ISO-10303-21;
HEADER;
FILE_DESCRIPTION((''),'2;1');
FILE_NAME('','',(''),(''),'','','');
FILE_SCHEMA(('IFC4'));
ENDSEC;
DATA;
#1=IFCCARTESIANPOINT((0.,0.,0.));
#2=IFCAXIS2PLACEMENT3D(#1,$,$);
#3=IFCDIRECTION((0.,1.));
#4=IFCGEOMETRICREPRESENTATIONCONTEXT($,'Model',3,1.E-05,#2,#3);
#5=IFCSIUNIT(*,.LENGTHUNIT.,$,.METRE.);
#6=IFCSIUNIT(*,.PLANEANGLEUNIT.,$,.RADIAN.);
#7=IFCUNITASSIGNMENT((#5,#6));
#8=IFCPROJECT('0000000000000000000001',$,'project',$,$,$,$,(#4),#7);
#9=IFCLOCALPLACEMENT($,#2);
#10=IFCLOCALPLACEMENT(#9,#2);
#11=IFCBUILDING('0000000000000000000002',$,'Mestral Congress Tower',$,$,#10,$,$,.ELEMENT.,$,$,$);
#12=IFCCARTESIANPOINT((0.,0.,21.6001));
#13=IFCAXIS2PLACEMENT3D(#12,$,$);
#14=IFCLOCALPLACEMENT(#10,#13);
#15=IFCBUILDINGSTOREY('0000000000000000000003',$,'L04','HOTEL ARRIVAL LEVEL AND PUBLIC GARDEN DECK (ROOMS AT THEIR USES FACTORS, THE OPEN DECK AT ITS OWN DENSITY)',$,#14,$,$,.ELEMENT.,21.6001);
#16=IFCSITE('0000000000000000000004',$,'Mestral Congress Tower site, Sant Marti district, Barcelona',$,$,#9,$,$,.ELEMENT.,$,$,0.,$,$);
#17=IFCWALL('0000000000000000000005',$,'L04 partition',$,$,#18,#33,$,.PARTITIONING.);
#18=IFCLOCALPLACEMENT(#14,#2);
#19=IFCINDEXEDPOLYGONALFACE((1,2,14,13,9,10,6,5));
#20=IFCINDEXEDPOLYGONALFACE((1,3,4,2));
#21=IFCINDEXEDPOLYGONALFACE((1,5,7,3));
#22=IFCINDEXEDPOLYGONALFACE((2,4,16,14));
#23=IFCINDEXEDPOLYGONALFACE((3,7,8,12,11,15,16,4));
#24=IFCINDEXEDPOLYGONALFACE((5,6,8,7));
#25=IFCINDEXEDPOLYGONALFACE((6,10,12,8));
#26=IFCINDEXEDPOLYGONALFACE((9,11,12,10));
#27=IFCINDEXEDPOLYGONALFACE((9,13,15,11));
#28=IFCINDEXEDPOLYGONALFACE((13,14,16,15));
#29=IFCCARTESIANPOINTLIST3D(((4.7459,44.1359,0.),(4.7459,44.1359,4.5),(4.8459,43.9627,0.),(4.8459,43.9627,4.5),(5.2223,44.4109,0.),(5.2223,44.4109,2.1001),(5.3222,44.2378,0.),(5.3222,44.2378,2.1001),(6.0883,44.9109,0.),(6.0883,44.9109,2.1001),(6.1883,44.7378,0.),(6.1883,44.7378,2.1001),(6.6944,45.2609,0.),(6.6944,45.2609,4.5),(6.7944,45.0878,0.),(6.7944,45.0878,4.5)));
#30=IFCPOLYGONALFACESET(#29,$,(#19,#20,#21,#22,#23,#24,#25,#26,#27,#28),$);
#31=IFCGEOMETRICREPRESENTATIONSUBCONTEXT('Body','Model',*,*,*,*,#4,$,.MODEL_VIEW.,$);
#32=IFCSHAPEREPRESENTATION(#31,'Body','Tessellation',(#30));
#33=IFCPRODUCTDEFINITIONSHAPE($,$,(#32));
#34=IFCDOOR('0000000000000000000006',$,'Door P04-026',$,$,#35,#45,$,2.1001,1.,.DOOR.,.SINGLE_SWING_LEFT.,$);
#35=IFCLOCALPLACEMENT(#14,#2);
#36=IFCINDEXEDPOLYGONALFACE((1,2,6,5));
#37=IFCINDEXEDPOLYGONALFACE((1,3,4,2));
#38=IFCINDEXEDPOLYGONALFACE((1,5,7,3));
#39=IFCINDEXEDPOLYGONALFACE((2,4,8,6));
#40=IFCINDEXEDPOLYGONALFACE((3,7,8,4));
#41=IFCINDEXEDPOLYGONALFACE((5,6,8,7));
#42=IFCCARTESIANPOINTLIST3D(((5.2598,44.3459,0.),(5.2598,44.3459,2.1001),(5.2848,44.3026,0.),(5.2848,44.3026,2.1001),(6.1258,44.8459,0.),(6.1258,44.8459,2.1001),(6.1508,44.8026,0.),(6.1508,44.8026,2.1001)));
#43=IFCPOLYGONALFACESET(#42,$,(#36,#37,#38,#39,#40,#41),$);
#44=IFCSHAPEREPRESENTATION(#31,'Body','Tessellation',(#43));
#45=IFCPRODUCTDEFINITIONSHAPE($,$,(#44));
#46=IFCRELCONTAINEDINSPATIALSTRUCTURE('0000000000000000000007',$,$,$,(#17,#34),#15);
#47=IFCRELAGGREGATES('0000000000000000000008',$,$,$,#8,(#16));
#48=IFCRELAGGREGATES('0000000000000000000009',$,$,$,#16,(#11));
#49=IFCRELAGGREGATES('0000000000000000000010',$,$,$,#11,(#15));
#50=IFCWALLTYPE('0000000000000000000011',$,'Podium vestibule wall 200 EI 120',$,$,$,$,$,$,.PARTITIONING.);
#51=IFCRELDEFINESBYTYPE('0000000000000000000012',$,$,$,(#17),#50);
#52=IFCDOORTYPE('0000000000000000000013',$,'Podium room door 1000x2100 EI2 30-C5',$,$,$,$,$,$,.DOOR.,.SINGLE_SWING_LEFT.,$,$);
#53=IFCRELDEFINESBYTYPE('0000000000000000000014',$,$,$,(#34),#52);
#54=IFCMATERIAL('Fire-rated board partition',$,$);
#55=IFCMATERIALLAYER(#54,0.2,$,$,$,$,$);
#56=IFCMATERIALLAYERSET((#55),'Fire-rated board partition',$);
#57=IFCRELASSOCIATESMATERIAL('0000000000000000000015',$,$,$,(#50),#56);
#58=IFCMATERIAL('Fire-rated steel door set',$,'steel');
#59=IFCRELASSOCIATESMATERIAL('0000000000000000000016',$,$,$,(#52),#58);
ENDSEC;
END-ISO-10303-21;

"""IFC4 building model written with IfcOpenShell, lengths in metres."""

from ifc_helpers import new_model, si_unit, direction, frame, frame_2d, origin, place, context, subcontext, project, spatial, rectangle, extrude, material, layer, layer_set, type_object, element, fill, save


model = new_model("IFC4")

# Units and contexts
model_context = context("Model", 3, precision=1e-05, world=origin(), true_north=direction((0.0, 1.0)))
body_context = subcontext(model_context, "Body", "Model", "MODEL_VIEW")
ifc_project = project(units=[si_unit("LENGTHUNIT", "METRE"), si_unit("PLANEANGLEUNIT", "RADIAN")], contexts=[model_context])

# Site, building, storey
site_placement = place(None, origin())
site = spatial("IfcSite", under=ifc_project, at=site_placement, Name="Mestral Congress Tower site, Sant Marti district, Barcelona", CompositionType="ELEMENT", RefElevation=0.0)
building_placement = place(site_placement, origin())
building = spatial("IfcBuilding", under=site, at=building_placement, Name="Mestral Congress Tower", CompositionType="ELEMENT")
storey_placement = place(building_placement, frame((0.0, 0.0, 21.6001)))
storey = spatial("IfcBuildingStorey", under=building, at=storey_placement, Name="L04", Description="HOTEL ARRIVAL LEVEL AND PUBLIC GARDEN DECK (ROOMS AT THEIR USES FACTORS, THE OPEN DECK AT ITS OWN DENSITY)", CompositionType="ELEMENT", Elevation=21.6001)

# Shared definitions
ifc_material_1 = material(Name="Fire-rated board partition")
ifc_layer_1 = layer(ifc_material_1, 0.2)
ifc_layer_set_1 = layer_set([ifc_layer_1], Name="Fire-rated board partition")
wall_type_1 = type_object("IfcWallType", Name="Podium vestibule wall 200 EI 120", PredefinedType="PARTITIONING", material=ifc_layer_set_1)

# Wall, opening, door
wall_1_placement = place(storey_placement, frame((4.7959, 44.0493, 0.0), z_axis=(0.0, 0.0, 1.0), x_axis=(0.866018, 0.500014, 0.0)))
wall_1 = element("IfcWall", 1, at=wall_1_placement, inside=storey, type_object=wall_type_1, Name="L04 partition", PredefinedType="PARTITIONING", context=body_context, shape_type="SweptSolid", body=[
    extrude(rectangle(XDim=2.25, YDim=0.2, at=frame_2d((1.125, 0.0))), origin(), (0.0, 0.0, 1.0), 4.5),
])
opening_1_placement = place(wall_1_placement, frame((0.55, 0.0, 0.0)))
opening_1 = element("IfcOpeningElement", 2, at=opening_1_placement, cuts=wall_1, PredefinedType="OPENING", context=body_context, shape_type="SweptSolid", body=[
    extrude(rectangle(XDim=1.0, YDim=2.1001, at=frame_2d((0.5, 1.05))), frame((0.0, 0.1099, 0.0), z_axis=(0.0, -1.0, 0.0), x_axis=(1.0, 0.0, 0.0)), (0.0, 0.0, 1.0), 0.22),
])
ifc_material_2 = material(Name="Fire-rated steel door set", Category="steel")
door_type = type_object("IfcDoorType", Name="Podium room door 1000x2100 EI2 30-C5", OperationType="SINGLE_SWING_LEFT", PredefinedType="DOOR", material=ifc_material_2)
door_placement = place(opening_1_placement, origin())
door = element("IfcDoor", 3, at=door_placement, inside=storey, type_object=door_type, Name="Door P04-026", OperationType="SINGLE_SWING_LEFT", OverallHeight=2.1001, OverallWidth=1.0, PredefinedType="DOOR", context=body_context, shape_type="SweptSolid", body=[
    extrude(rectangle(XDim=1.0, YDim=2.1001, at=frame_2d((0.5, 1.05))), frame((0.0, 0.0249, 0.0), z_axis=(0.0, -1.0, 0.0), x_axis=(1.0, 0.0, 0.0)), (0.0, 0.0, 1.0), 0.05),
])
fill(opening_1, door)

save(model, "model.ifc")
